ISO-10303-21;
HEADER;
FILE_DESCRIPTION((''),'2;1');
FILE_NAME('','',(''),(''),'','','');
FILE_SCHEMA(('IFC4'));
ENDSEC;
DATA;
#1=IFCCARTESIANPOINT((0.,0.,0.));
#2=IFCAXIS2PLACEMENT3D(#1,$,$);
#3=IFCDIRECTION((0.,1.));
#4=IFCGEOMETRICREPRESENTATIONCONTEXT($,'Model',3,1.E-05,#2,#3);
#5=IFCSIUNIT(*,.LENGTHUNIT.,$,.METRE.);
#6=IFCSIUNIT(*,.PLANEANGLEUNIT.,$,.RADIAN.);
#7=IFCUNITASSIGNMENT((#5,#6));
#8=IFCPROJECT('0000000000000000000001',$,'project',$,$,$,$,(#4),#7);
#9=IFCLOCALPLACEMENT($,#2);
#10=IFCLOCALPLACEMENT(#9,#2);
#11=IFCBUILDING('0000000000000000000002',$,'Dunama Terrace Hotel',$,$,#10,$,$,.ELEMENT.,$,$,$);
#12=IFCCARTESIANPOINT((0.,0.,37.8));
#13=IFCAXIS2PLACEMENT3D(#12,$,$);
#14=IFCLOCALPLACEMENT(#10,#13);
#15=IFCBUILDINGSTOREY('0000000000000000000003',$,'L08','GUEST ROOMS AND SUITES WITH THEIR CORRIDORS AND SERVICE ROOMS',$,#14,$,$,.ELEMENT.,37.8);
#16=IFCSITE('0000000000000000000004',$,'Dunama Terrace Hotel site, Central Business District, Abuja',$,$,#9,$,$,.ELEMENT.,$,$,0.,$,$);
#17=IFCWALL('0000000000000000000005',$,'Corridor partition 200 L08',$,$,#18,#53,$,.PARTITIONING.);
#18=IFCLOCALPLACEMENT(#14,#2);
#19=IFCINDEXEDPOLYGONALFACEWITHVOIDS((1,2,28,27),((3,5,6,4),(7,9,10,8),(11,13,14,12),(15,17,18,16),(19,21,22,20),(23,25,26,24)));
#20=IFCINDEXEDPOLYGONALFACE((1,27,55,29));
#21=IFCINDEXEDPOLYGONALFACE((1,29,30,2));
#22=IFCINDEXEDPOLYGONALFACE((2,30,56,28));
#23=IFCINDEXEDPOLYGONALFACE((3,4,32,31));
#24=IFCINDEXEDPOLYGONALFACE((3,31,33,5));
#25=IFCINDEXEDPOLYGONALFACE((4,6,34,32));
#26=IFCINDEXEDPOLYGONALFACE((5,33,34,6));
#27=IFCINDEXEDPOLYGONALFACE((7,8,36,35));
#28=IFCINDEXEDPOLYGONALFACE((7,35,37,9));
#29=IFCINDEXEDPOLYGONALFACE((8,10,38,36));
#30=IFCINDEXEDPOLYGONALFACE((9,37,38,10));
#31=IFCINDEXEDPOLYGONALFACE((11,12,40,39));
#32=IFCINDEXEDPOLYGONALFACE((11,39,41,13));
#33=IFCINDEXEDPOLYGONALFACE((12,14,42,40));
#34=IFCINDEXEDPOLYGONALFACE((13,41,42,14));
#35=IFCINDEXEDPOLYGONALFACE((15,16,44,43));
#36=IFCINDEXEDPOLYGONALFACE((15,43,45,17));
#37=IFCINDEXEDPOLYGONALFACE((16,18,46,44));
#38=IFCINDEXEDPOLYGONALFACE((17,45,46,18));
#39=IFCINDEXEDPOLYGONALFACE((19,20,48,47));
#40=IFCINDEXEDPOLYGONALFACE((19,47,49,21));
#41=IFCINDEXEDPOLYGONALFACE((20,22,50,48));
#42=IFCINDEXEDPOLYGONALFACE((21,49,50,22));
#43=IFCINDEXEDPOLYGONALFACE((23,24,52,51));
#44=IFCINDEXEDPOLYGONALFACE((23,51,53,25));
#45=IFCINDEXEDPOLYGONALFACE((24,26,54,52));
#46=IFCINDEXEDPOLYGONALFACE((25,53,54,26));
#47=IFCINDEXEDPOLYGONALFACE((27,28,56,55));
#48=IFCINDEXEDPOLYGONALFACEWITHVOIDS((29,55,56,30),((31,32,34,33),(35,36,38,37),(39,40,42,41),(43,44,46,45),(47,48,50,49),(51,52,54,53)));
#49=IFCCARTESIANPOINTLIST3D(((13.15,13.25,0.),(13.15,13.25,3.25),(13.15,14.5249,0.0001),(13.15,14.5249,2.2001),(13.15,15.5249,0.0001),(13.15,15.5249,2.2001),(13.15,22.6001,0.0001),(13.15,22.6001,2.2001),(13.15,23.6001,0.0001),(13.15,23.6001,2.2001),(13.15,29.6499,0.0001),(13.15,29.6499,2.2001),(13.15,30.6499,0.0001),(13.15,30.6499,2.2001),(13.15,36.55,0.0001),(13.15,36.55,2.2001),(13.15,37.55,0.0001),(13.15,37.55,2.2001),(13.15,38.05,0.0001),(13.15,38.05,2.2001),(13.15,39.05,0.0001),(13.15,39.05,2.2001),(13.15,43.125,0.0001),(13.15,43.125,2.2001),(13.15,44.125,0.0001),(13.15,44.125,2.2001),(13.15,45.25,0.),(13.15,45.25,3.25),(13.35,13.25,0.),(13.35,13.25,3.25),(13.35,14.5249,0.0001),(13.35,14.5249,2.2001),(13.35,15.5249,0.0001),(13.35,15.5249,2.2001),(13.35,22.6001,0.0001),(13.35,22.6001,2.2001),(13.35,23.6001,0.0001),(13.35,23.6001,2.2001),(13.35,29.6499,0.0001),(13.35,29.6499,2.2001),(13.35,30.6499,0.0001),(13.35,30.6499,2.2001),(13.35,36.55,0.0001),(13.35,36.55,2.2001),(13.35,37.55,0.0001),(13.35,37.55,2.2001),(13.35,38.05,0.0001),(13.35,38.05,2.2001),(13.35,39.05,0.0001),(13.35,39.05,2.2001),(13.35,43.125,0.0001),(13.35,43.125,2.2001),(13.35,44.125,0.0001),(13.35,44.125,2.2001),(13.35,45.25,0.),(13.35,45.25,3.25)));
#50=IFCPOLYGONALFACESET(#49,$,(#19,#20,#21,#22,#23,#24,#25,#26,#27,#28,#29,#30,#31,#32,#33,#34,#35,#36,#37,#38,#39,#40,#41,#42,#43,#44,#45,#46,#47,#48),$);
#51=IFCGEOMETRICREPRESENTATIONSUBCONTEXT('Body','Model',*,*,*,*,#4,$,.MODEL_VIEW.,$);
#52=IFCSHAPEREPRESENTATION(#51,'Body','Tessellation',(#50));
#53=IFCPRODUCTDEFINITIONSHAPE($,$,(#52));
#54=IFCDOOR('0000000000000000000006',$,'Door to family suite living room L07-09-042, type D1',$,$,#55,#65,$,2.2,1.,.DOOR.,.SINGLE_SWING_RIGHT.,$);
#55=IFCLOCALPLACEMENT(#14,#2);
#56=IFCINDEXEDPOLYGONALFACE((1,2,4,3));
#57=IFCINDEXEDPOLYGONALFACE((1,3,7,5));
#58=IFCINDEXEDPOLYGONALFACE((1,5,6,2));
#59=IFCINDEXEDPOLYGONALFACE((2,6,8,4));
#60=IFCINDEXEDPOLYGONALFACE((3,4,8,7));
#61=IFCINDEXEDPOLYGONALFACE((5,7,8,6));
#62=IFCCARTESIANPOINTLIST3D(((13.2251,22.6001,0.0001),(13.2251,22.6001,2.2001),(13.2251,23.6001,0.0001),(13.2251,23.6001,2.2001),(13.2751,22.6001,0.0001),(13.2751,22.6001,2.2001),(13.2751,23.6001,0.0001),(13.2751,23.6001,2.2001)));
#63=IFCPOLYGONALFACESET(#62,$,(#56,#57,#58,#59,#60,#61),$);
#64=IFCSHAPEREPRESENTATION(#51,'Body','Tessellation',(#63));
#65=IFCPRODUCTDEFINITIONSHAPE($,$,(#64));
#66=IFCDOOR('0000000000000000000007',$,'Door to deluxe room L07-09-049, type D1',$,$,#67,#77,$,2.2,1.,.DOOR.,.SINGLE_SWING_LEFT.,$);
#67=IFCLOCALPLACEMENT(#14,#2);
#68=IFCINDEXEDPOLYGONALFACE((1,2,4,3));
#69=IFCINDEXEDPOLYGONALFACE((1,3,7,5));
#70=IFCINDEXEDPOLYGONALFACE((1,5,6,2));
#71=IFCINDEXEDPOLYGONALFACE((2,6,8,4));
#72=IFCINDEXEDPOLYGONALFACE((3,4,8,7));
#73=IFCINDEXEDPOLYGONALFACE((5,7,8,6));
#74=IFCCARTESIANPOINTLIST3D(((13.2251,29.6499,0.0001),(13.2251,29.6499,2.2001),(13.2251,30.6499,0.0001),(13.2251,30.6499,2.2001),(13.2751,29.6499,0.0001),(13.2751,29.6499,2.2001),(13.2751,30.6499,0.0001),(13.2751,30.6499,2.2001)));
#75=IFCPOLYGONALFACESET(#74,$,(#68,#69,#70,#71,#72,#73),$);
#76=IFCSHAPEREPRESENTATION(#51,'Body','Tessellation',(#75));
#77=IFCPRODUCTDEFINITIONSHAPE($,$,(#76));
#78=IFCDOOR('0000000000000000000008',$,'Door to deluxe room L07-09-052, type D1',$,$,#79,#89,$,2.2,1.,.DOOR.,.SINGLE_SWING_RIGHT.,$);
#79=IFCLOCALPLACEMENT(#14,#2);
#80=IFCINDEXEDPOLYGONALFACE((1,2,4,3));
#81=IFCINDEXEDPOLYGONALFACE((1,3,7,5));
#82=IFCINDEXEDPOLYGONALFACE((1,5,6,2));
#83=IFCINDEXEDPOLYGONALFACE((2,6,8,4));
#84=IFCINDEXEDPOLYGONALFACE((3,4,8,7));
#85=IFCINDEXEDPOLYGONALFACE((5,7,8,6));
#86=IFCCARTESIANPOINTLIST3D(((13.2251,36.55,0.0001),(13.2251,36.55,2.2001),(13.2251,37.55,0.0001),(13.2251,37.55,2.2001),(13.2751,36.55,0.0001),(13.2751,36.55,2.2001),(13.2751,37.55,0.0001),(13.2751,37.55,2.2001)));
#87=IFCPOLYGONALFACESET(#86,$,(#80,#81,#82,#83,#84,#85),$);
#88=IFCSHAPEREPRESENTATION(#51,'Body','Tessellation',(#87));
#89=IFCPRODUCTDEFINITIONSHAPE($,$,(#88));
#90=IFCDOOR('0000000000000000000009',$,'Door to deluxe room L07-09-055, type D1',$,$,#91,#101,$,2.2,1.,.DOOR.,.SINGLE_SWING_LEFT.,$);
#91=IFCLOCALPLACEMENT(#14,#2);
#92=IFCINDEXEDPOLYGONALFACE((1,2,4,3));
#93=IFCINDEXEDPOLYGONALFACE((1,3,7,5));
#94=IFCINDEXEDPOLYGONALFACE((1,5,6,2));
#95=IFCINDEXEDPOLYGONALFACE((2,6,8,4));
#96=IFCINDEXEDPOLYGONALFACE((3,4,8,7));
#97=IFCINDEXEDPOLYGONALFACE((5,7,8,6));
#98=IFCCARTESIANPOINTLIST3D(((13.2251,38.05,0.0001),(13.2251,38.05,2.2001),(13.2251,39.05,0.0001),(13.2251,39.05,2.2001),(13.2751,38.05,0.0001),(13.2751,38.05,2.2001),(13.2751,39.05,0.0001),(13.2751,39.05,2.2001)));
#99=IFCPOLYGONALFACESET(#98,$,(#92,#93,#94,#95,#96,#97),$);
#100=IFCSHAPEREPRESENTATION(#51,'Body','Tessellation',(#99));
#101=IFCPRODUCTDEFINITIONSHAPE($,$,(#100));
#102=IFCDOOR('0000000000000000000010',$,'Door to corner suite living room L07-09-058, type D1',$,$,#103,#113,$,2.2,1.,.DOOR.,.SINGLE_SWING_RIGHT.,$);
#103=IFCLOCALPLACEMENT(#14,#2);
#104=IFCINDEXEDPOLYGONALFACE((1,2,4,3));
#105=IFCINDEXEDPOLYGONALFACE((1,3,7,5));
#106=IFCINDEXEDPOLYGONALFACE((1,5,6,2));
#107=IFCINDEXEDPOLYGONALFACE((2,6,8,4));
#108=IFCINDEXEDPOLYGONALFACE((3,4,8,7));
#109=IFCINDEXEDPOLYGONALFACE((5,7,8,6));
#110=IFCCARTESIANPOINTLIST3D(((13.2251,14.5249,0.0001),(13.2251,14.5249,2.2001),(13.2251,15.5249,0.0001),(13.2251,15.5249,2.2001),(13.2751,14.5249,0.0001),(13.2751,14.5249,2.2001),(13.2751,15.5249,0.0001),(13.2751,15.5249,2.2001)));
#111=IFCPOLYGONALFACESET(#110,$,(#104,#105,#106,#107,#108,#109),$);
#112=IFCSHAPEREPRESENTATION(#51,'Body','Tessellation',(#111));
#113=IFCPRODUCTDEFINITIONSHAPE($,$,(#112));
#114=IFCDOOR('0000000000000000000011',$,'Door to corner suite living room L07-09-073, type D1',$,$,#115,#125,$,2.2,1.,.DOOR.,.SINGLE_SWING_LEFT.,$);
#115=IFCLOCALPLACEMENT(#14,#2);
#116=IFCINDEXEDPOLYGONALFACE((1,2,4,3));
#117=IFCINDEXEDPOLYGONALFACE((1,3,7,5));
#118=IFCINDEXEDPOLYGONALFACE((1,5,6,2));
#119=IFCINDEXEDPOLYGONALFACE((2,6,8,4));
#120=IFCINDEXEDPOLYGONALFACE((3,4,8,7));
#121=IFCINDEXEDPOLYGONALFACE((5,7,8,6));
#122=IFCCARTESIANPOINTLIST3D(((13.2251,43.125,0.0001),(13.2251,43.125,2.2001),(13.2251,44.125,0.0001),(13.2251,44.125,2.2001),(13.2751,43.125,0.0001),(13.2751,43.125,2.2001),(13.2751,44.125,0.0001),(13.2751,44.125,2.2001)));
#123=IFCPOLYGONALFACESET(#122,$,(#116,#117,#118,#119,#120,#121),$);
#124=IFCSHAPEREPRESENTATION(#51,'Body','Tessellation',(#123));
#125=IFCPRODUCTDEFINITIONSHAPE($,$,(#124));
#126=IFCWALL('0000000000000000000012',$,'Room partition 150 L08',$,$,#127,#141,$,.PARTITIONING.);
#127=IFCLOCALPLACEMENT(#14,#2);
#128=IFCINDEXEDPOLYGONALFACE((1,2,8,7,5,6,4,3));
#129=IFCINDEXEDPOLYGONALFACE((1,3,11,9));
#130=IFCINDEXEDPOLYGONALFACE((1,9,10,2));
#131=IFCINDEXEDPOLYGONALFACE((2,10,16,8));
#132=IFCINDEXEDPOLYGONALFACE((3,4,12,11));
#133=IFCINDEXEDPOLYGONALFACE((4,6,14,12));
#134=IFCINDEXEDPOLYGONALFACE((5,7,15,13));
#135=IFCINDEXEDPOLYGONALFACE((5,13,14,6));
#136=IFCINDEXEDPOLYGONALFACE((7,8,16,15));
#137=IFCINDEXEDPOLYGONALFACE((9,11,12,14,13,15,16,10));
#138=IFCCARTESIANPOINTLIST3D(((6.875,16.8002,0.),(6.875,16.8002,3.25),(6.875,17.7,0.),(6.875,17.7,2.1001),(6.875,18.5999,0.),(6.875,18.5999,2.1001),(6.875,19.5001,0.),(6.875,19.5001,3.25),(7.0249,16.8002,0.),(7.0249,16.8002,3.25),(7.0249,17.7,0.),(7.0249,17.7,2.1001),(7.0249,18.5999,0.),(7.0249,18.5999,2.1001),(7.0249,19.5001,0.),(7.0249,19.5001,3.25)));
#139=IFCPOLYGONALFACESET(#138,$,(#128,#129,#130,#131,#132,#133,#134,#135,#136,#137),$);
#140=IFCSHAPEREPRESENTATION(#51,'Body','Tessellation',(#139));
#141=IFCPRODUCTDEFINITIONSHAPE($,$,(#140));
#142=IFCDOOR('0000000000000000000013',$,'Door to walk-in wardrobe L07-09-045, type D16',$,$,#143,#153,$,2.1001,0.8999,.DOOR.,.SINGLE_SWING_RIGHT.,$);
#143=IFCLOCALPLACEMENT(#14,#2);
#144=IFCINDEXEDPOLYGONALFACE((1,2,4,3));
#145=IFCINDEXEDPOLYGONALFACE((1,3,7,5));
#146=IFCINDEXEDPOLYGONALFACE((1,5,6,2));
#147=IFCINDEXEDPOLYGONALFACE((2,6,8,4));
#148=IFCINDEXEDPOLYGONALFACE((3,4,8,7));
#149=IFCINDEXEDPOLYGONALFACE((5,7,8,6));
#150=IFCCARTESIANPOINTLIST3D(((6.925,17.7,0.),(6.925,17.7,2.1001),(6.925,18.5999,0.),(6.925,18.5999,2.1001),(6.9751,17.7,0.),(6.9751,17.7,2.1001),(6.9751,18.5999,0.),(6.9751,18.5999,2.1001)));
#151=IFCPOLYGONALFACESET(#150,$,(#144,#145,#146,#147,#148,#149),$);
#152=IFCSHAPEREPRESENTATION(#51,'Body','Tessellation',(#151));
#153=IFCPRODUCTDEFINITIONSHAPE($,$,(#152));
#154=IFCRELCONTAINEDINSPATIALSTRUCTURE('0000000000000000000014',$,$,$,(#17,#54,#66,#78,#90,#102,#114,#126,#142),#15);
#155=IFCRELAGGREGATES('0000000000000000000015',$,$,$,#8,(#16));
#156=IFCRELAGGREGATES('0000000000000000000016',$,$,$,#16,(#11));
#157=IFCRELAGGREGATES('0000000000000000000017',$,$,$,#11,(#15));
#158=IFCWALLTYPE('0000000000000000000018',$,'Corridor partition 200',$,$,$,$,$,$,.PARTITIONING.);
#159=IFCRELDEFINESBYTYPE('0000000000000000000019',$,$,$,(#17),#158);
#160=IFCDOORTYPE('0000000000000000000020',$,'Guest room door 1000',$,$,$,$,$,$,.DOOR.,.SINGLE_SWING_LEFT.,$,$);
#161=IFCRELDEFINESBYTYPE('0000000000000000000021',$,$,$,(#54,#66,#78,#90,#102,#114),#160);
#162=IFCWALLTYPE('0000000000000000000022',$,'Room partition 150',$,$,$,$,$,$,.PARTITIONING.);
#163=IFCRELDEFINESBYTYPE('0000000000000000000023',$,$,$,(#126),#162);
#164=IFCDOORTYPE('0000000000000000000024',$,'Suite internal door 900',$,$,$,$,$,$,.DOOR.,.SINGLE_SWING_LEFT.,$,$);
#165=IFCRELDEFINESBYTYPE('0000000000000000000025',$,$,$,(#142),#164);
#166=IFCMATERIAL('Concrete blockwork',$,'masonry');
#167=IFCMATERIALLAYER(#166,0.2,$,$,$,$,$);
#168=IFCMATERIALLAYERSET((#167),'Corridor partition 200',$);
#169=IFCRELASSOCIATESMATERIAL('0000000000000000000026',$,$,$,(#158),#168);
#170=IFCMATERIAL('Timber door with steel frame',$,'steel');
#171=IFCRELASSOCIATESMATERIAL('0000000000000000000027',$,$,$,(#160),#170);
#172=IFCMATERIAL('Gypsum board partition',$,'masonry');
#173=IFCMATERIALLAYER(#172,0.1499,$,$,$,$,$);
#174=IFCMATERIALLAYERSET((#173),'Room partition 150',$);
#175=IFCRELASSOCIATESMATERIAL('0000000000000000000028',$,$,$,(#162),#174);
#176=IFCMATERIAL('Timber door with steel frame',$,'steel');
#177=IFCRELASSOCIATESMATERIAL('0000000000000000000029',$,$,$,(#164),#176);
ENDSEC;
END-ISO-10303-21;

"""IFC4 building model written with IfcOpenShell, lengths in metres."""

from ifc_helpers import new_model, si_unit, direction, frame, frame_2d, origin, place, context, subcontext, project, spatial, rectangle, extrude, material, layer, layer_set, type_object, element, fill, save


model = new_model("IFC4")

# Units and contexts
model_context = context("Model", 3, precision=1e-05, world=origin(), true_north=direction((0.0, 1.0)))
body_context = subcontext(model_context, "Body", "Model", "MODEL_VIEW")
ifc_project = project(units=[si_unit("LENGTHUNIT", "METRE"), si_unit("PLANEANGLEUNIT", "RADIAN")], contexts=[model_context])

# Site, building, storey
site_placement = place(None, origin())
site = spatial("IfcSite", under=ifc_project, at=site_placement, Name="Dunama Terrace Hotel site, Central Business District, Abuja", CompositionType="ELEMENT", RefElevation=0.0)
building_placement = place(site_placement, origin())
building = spatial("IfcBuilding", under=site, at=building_placement, Name="Dunama Terrace Hotel", CompositionType="ELEMENT")
storey_placement = place(building_placement, frame((0.0, 0.0, 37.8)))
storey = spatial("IfcBuildingStorey", under=building, at=storey_placement, Name="L08", Description="GUEST ROOMS AND SUITES WITH THEIR CORRIDORS AND SERVICE ROOMS", CompositionType="ELEMENT", Elevation=37.8)

# Wall, openings, doors
ifc_material_1 = material(Name="Concrete blockwork", Category="masonry")
ifc_layer_1 = layer(ifc_material_1, 0.2)
ifc_layer_set_1 = layer_set([ifc_layer_1], Name="Corridor partition 200")
wall_type_1 = type_object("IfcWallType", Name="Corridor partition 200", PredefinedType="PARTITIONING", material=ifc_layer_set_1)
wall_1_placement = place(storey_placement, frame((13.25, 13.25, 0.0), z_axis=(0.0, 0.0, 1.0), x_axis=(0.0, 1.0, 0.0)))
wall_1 = element("IfcWall", 1, at=wall_1_placement, inside=storey, type_object=wall_type_1, Name="Corridor partition 200 L08", PredefinedType="PARTITIONING", context=body_context, shape_type="SweptSolid", body=[
    extrude(rectangle(XDim=32.0, YDim=0.2, at=frame_2d((16.0, 0.0))), origin(), (0.0, 0.0, 1.0), 3.25),
])
opening_1_placement = place(wall_1_placement, frame((9.3501, 0.0, 0.0)))
opening_1 = element("IfcOpeningElement", 2, at=opening_1_placement, cuts=wall_1, PredefinedType="OPENING", context=body_context, shape_type="SweptSolid", body=[
    extrude(rectangle(XDim=1.0, YDim=2.2, at=frame_2d((0.5, 1.1001))), frame((0.0, 0.1099, 0.0), z_axis=(0.0, -1.0, 0.0), x_axis=(1.0, 0.0, 0.0)), (0.0, 0.0, 1.0), 0.22),
])
opening_2_placement = place(wall_1_placement, frame((16.3999, 0.0, 0.0)))
opening_2 = element("IfcOpeningElement", 3, at=opening_2_placement, cuts=wall_1, PredefinedType="OPENING", context=body_context, shape_type="SweptSolid", body=[
    extrude(rectangle(XDim=1.0, YDim=2.2, at=frame_2d((0.5, 1.1001))), frame((0.0, 0.1099, 0.0), z_axis=(0.0, -1.0, 0.0), x_axis=(1.0, 0.0, 0.0)), (0.0, 0.0, 1.0), 0.22),
])
opening_3_placement = place(wall_1_placement, frame((23.3, 0.0, 0.0)))
opening_3 = element("IfcOpeningElement", 4, at=opening_3_placement, cuts=wall_1, PredefinedType="OPENING", context=body_context, shape_type="SweptSolid", body=[
    extrude(rectangle(XDim=1.0, YDim=2.2, at=frame_2d((0.5, 1.1001))), frame((0.0, 0.1099, 0.0), z_axis=(0.0, -1.0, 0.0), x_axis=(1.0, 0.0, 0.0)), (0.0, 0.0, 1.0), 0.22),
])
opening_4_placement = place(wall_1_placement, frame((24.8, 0.0, 0.0)))
opening_4 = element("IfcOpeningElement", 5, at=opening_4_placement, cuts=wall_1, PredefinedType="OPENING", context=body_context, shape_type="SweptSolid", body=[
    extrude(rectangle(XDim=1.0, YDim=2.2, at=frame_2d((0.5, 1.1001))), frame((0.0, 0.1099, 0.0), z_axis=(0.0, -1.0, 0.0), x_axis=(1.0, 0.0, 0.0)), (0.0, 0.0, 1.0), 0.22),
])
opening_5_placement = place(wall_1_placement, frame((1.2749, 0.0, 0.0)))
opening_5 = element("IfcOpeningElement", 6, at=opening_5_placement, cuts=wall_1, PredefinedType="OPENING", context=body_context, shape_type="SweptSolid", body=[
    extrude(rectangle(XDim=1.0, YDim=2.2, at=frame_2d((0.5, 1.1001))), frame((0.0, 0.1099, 0.0), z_axis=(0.0, -1.0, 0.0), x_axis=(1.0, 0.0, 0.0)), (0.0, 0.0, 1.0), 0.22),
])
opening_6_placement = place(wall_1_placement, frame((29.875, 0.0, 0.0)))
opening_6 = element("IfcOpeningElement", 7, at=opening_6_placement, cuts=wall_1, PredefinedType="OPENING", context=body_context, shape_type="SweptSolid", body=[
    extrude(rectangle(XDim=1.0, YDim=2.2, at=frame_2d((0.5, 1.1001))), frame((0.0, 0.1099, 0.0), z_axis=(0.0, -1.0, 0.0), x_axis=(1.0, 0.0, 0.0)), (0.0, 0.0, 1.0), 0.22),
])
ifc_material_2 = material(Name="Timber door with steel frame", Category="steel")
door_type_1 = type_object("IfcDoorType", Name="Guest room door 1000", OperationType="SINGLE_SWING_LEFT", PredefinedType="DOOR", material=ifc_material_2)
door_1_placement = place(opening_1_placement, origin())
door_1 = element("IfcDoor", 8, at=door_1_placement, inside=storey, type_object=door_type_1, Name="Door to family suite living room L07-09-042, type D1", OperationType="SINGLE_SWING_RIGHT", OverallHeight=2.2, OverallWidth=1.0, PredefinedType="DOOR", context=body_context, shape_type="SweptSolid", body=[
    extrude(rectangle(XDim=1.0, YDim=2.2, at=frame_2d((0.5, 1.1001))), frame((0.0, 0.0249, 0.0), z_axis=(0.0, -1.0, 0.0), x_axis=(1.0, 0.0, 0.0)), (0.0, 0.0, 1.0), 0.05),
])
fill(opening_1, door_1)
door_2_placement = place(opening_2_placement, origin())
door_2 = element("IfcDoor", 9, at=door_2_placement, inside=storey, type_object=door_type_1, Name="Door to deluxe room L07-09-049, type D1", OperationType="SINGLE_SWING_LEFT", OverallHeight=2.2, OverallWidth=1.0, PredefinedType="DOOR", context=body_context, shape_type="SweptSolid", body=[
    extrude(rectangle(XDim=1.0, YDim=2.2, at=frame_2d((0.5, 1.1001))), frame((0.0, 0.0249, 0.0), z_axis=(0.0, -1.0, 0.0), x_axis=(1.0, 0.0, 0.0)), (0.0, 0.0, 1.0), 0.05),
])
fill(opening_2, door_2)
door_3_placement = place(opening_3_placement, origin())
door_3 = element("IfcDoor", 10, at=door_3_placement, inside=storey, type_object=door_type_1, Name="Door to deluxe room L07-09-052, type D1", OperationType="SINGLE_SWING_RIGHT", OverallHeight=2.2, OverallWidth=1.0, PredefinedType="DOOR", context=body_context, shape_type="SweptSolid", body=[
    extrude(rectangle(XDim=1.0, YDim=2.2, at=frame_2d((0.5, 1.1001))), frame((0.0, 0.0249, 0.0), z_axis=(0.0, -1.0, 0.0), x_axis=(1.0, 0.0, 0.0)), (0.0, 0.0, 1.0), 0.05),
])
fill(opening_3, door_3)
door_4_placement = place(opening_4_placement, origin())
door_4 = element("IfcDoor", 11, at=door_4_placement, inside=storey, type_object=door_type_1, Name="Door to deluxe room L07-09-055, type D1", OperationType="SINGLE_SWING_LEFT", OverallHeight=2.2, OverallWidth=1.0, PredefinedType="DOOR", context=body_context, shape_type="SweptSolid", body=[
    extrude(rectangle(XDim=1.0, YDim=2.2, at=frame_2d((0.5, 1.1001))), frame((0.0, 0.0249, 0.0), z_axis=(0.0, -1.0, 0.0), x_axis=(1.0, 0.0, 0.0)), (0.0, 0.0, 1.0), 0.05),
])
fill(opening_4, door_4)
door_5_placement = place(opening_5_placement, origin())
door_5 = element("IfcDoor", 12, at=door_5_placement, inside=storey, type_object=door_type_1, Name="Door to corner suite living room L07-09-058, type D1", OperationType="SINGLE_SWING_RIGHT", OverallHeight=2.2, OverallWidth=1.0, PredefinedType="DOOR", context=body_context, shape_type="SweptSolid", body=[
    extrude(rectangle(XDim=1.0, YDim=2.2, at=frame_2d((0.5, 1.1001))), frame((0.0, 0.0249, 0.0), z_axis=(0.0, -1.0, 0.0), x_axis=(1.0, 0.0, 0.0)), (0.0, 0.0, 1.0), 0.05),
])
fill(opening_5, door_5)
door_6_placement = place(opening_6_placement, origin())
door_6 = element("IfcDoor", 13, at=door_6_placement, inside=storey, type_object=door_type_1, Name="Door to corner suite living room L07-09-073, type D1", OperationType="SINGLE_SWING_LEFT", OverallHeight=2.2, OverallWidth=1.0, PredefinedType="DOOR", context=body_context, shape_type="SweptSolid", body=[
    extrude(rectangle(XDim=1.0, YDim=2.2, at=frame_2d((0.5, 1.1001))), frame((0.0, 0.0249, 0.0), z_axis=(0.0, -1.0, 0.0), x_axis=(1.0, 0.0, 0.0)), (0.0, 0.0, 1.0), 0.05),
])
fill(opening_6, door_6)

# Wall, opening, door
ifc_material_3 = material(Name="Gypsum board partition", Category="masonry")
ifc_layer_2 = layer(ifc_material_3, 0.1499)
ifc_layer_set_2 = layer_set([ifc_layer_2], Name="Room partition 150")
wall_type_2 = type_object("IfcWallType", Name="Room partition 150", PredefinedType="PARTITIONING", material=ifc_layer_set_2)
wall_2_placement = place(storey_placement, frame((6.95, 16.8, 0.0), z_axis=(0.0, 0.0, 1.0), x_axis=(0.0, 1.0, 0.0)))
wall_2 = element("IfcWall", 14, at=wall_2_placement, inside=storey, type_object=wall_type_2, Name="Room partition 150 L08", PredefinedType="PARTITIONING", context=body_context, shape_type="SweptSolid", body=[
    extrude(rectangle(XDim=2.7, YDim=0.1499, at=frame_2d((1.3501, 0.0))), origin(), (0.0, 0.0, 1.0), 3.25),
])
opening_7_placement = place(wall_2_placement, frame((0.8999, 0.0, 0.0)))
opening_7 = element("IfcOpeningElement", 15, at=opening_7_placement, cuts=wall_2, PredefinedType="OPENING", context=body_context, shape_type="SweptSolid", body=[
    extrude(rectangle(XDim=0.8999, YDim=2.1001, at=frame_2d((0.45, 1.05))), frame((0.0, 0.085, 0.0), z_axis=(0.0, -1.0, 0.0), x_axis=(1.0, 0.0, 0.0)), (0.0, 0.0, 1.0), 0.1699),
])
ifc_material_4 = material(Name="Timber door with steel frame", Category="steel")
door_type_2 = type_object("IfcDoorType", Name="Suite internal door 900", OperationType="SINGLE_SWING_LEFT", PredefinedType="DOOR", material=ifc_material_4)
door_7_placement = place(opening_7_placement, frame((0.8999, 0.0, 0.0), z_axis=(0.0, 0.0, 1.0), x_axis=(-1.0, 0.0, 0.0)))
door_7 = element("IfcDoor", 16, at=door_7_placement, inside=storey, type_object=door_type_2, Name="Door to walk-in wardrobe L07-09-045, type D16", OperationType="SINGLE_SWING_RIGHT", OverallHeight=2.1001, OverallWidth=0.8999, PredefinedType="DOOR", context=body_context, shape_type="SweptSolid", body=[
    extrude(rectangle(XDim=0.8999, YDim=2.1001, at=frame_2d((0.45, 1.05))), frame((0.0, 0.0251, 0.0), z_axis=(0.0, -1.0, 0.0), x_axis=(1.0, 0.0, 0.0)), (0.0, 0.0, 1.0), 0.05),
])
fill(opening_7, door_7)

save(model, "model.ifc")
